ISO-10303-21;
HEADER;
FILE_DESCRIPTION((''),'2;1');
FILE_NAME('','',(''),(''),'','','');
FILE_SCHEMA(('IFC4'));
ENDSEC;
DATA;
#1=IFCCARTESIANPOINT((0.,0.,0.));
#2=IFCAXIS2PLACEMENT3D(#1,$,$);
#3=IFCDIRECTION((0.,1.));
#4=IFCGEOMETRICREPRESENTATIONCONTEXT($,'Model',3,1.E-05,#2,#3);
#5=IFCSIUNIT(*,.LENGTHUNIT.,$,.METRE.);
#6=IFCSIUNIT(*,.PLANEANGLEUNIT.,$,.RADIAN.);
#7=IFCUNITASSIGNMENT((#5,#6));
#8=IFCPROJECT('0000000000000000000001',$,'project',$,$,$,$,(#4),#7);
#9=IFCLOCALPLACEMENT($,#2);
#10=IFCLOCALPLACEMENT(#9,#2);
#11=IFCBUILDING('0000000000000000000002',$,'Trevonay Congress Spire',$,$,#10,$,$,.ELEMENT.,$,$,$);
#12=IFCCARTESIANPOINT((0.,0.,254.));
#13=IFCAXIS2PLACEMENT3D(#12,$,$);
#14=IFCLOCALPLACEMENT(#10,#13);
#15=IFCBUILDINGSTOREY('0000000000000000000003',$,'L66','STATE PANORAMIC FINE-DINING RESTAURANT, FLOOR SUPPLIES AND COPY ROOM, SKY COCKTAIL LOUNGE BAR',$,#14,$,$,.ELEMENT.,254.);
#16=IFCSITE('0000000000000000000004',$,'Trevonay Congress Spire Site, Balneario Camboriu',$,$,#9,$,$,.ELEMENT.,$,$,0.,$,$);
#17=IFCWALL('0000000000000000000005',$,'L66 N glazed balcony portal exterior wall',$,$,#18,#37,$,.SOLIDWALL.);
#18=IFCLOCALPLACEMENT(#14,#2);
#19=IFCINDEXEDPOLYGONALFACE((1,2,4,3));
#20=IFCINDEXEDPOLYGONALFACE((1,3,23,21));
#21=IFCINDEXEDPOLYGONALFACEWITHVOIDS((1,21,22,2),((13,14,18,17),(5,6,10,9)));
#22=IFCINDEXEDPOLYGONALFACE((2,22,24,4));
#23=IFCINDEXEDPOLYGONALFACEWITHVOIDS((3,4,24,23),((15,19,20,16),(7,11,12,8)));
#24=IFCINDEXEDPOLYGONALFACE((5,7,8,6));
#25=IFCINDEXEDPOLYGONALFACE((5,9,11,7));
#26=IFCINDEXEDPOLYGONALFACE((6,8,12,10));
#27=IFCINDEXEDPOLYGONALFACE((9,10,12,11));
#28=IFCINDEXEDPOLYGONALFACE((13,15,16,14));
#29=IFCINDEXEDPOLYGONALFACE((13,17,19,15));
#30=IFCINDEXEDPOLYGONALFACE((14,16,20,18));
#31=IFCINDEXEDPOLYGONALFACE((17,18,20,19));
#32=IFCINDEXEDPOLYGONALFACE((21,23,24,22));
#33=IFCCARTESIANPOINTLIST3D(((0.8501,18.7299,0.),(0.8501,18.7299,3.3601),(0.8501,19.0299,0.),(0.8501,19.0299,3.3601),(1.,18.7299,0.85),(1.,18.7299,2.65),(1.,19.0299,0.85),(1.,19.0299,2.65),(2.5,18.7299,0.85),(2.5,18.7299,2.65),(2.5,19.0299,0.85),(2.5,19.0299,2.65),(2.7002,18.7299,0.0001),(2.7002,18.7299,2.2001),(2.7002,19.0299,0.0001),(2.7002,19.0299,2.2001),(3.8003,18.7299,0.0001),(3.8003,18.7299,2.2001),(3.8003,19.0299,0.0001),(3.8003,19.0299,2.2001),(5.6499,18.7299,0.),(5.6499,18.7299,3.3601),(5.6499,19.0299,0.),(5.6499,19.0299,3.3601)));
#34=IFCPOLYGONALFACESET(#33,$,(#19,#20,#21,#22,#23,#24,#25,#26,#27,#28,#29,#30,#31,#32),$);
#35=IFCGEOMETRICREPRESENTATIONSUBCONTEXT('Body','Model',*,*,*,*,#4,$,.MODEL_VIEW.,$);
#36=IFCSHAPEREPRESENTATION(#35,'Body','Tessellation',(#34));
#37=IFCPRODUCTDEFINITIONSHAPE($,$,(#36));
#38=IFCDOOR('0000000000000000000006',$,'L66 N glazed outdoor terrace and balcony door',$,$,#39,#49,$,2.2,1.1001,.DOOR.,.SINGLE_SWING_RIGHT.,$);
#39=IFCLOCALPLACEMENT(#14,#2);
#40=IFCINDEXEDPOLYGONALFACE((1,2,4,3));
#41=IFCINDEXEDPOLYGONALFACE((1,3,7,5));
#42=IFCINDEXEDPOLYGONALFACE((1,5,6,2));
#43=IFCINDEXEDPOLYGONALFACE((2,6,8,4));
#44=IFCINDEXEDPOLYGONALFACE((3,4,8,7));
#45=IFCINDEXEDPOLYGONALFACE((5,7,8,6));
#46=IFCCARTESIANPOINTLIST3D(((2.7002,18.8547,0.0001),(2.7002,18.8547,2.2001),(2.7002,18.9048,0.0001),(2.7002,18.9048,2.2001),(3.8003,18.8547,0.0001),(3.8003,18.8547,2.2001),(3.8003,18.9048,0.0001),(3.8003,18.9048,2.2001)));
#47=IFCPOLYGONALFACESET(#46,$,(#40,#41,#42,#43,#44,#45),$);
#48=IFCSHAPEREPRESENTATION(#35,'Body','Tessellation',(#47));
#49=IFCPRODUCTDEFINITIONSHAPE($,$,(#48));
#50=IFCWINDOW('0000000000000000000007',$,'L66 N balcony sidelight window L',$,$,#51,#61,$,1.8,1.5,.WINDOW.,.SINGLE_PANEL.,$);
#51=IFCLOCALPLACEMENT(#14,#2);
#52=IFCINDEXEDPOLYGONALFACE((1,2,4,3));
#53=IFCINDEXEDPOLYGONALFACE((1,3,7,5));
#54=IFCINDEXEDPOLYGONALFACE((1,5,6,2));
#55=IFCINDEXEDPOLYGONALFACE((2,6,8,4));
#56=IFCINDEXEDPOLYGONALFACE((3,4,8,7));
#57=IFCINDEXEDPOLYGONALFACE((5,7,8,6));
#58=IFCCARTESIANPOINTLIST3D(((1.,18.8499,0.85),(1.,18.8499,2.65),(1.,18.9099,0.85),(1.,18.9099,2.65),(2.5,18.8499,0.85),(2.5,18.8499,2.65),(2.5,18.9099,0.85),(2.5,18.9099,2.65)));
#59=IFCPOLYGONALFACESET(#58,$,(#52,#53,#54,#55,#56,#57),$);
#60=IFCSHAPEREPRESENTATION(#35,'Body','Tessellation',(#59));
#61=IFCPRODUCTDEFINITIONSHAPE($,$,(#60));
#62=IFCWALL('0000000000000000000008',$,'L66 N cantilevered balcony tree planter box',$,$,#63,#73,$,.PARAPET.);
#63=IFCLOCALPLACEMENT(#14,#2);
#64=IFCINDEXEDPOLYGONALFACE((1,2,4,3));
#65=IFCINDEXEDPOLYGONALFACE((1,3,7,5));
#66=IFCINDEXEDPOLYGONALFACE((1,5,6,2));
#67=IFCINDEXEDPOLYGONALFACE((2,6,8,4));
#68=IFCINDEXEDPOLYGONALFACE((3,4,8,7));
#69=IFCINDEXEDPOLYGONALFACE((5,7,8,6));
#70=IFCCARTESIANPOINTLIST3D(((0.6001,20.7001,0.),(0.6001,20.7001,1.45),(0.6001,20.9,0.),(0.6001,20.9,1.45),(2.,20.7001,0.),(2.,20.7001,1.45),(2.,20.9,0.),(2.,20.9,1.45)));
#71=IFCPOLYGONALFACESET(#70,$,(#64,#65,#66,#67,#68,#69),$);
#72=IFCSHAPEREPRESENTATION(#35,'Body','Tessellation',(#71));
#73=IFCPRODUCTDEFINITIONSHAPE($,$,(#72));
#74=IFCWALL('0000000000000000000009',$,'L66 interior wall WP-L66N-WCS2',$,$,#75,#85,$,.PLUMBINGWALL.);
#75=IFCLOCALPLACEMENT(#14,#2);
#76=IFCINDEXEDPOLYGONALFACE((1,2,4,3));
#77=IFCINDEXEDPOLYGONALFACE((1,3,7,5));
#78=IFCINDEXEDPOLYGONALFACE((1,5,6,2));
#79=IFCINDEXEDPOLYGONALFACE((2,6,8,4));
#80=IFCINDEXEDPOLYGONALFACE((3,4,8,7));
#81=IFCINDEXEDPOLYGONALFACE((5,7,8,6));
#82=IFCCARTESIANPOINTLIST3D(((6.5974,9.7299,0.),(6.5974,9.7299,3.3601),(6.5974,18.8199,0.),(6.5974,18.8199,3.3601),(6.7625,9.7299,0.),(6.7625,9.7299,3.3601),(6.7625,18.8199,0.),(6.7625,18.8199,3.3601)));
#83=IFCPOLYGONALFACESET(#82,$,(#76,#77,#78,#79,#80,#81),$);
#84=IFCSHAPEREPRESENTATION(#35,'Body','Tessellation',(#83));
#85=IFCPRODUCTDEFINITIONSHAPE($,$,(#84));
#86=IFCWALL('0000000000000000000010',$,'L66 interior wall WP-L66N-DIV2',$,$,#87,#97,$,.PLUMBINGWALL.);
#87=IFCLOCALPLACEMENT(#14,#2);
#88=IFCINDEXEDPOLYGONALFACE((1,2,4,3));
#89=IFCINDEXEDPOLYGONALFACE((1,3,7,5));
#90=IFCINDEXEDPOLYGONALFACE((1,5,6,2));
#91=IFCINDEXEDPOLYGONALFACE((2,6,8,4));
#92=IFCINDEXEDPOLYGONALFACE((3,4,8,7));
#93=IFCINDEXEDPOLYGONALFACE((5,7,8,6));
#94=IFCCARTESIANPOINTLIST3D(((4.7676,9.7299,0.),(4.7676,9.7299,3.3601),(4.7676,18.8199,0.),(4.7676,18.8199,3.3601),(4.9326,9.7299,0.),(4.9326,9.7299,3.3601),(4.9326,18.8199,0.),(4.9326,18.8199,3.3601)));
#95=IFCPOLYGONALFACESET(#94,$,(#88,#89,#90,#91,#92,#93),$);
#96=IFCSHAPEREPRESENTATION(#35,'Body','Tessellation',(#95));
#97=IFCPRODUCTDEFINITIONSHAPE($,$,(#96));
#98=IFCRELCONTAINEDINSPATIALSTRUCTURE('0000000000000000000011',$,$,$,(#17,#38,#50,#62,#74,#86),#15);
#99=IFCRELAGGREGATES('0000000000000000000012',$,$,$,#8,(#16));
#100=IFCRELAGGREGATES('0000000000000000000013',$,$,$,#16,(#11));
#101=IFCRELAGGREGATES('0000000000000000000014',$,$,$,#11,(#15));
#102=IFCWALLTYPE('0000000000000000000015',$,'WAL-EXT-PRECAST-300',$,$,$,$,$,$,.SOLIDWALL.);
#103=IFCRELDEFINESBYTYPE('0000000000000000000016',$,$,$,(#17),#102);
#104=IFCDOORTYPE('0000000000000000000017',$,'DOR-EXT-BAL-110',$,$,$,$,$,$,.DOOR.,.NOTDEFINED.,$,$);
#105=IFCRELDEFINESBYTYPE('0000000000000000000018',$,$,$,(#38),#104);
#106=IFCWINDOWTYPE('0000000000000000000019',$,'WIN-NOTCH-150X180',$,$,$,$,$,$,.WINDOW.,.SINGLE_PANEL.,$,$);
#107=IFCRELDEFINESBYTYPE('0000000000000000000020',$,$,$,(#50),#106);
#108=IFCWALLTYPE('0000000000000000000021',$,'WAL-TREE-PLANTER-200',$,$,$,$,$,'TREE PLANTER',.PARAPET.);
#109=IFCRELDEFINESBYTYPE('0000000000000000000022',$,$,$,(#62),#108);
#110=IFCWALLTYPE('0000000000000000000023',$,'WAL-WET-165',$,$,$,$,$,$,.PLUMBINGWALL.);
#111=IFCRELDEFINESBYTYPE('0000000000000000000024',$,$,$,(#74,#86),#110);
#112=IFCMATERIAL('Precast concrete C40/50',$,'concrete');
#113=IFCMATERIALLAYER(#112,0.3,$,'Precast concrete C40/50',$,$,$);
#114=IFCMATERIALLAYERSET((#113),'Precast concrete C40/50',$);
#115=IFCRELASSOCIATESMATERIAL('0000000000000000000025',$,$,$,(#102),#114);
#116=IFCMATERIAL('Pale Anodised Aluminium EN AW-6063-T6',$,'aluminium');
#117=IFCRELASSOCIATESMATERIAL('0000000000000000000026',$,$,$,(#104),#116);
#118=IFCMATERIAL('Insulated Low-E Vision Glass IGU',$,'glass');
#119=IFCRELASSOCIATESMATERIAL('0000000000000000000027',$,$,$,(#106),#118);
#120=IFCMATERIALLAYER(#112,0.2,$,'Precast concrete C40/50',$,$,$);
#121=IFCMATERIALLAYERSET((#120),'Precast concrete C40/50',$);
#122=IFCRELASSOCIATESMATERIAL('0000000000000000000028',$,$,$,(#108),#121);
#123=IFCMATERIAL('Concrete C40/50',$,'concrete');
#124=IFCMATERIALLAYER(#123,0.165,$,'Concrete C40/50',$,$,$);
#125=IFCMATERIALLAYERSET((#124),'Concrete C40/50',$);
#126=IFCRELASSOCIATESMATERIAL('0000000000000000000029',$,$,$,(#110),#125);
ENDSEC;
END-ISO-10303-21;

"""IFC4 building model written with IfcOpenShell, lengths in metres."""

from ifc_helpers import new_model, si_unit, direction, frame, frame_2d, origin, place, context, subcontext, project, spatial, rectangle, extrude, material, layer, layer_set, type_object, element, fill, save


model = new_model("IFC4")

# Units and contexts
model_context = context("Model", 3, precision=1e-05, world=origin(), true_north=direction((0.0, 1.0)))
body_context = subcontext(model_context, "Body", "Model", "MODEL_VIEW")
ifc_project = project(units=[si_unit("LENGTHUNIT", "METRE"), si_unit("PLANEANGLEUNIT", "RADIAN")], contexts=[model_context])

# Site, building, storey
site_placement = place(None, origin())
site = spatial("IfcSite", under=ifc_project, at=site_placement, Name="Trevonay Congress Spire Site, Balneario Camboriu", CompositionType="ELEMENT", RefElevation=0.0)
building_placement = place(site_placement, origin())
building = spatial("IfcBuilding", under=site, at=building_placement, Name="Trevonay Congress Spire", CompositionType="ELEMENT")
storey_placement = place(building_placement, frame((0.0, 0.0, 254.0)))
storey = spatial("IfcBuildingStorey", under=building, at=storey_placement, Name="L66", Description="STATE PANORAMIC FINE-DINING RESTAURANT, FLOOR SUPPLIES AND COPY ROOM, SKY COCKTAIL LOUNGE BAR", CompositionType="ELEMENT", Elevation=254.0)

# Shared definitions
ifc_material_1 = material(Name="Pale Anodised Aluminium EN AW-6063-T6", Category="aluminium")

# Wall, openings, door, window
ifc_material_2 = material(Name="Precast concrete C40/50", Category="concrete")
ifc_layer_1 = layer(ifc_material_2, 0.3, Name="Precast concrete C40/50")
ifc_layer_set_1 = layer_set([ifc_layer_1], Name="Precast concrete C40/50")
wall_type_1 = type_object("IfcWallType", Name="WAL-EXT-PRECAST-300", PredefinedType="SOLIDWALL", material=ifc_layer_set_1)
wall_1_placement = place(storey_placement, frame((0.8501, 18.8799, 0.0), z_axis=(0.0, 0.0, 1.0), x_axis=(1.0, 0.0, 0.0)))
wall_1 = element("IfcWall", 1, at=wall_1_placement, inside=storey, type_object=wall_type_1, Name="L66 N glazed balcony portal exterior wall", PredefinedType="SOLIDWALL", context=body_context, shape_type="SweptSolid", body=[
    extrude(rectangle(XDim=4.7998, YDim=0.3, at=frame_2d((2.3999, 0.0))), origin(), (0.0, 0.0, 1.0), 3.3601),
])
opening_1_placement = place(wall_1_placement, frame((1.8501, 0.0, 0.0)))
opening_1 = element("IfcOpeningElement", 2, at=opening_1_placement, cuts=wall_1, PredefinedType="OPENING", context=body_context, shape_type="SweptSolid", body=[
    extrude(rectangle(XDim=1.1001, YDim=2.2, at=frame_2d((0.55, 1.1001))), frame((0.0, 0.1602, 0.0), z_axis=(0.0, -1.0, 0.0), x_axis=(1.0, 0.0, 0.0)), (0.0, 0.0, 1.0), 0.3201),
])
opening_2_placement = place(wall_1_placement, frame((0.1499, 0.0, 0.8501)))
opening_2 = element("IfcOpeningElement", 3, at=opening_2_placement, cuts=wall_1, PredefinedType="OPENING", context=body_context, shape_type="SweptSolid", body=[
    extrude(rectangle(XDim=1.5, YDim=1.8, at=frame_2d((0.75, 0.8999))), frame((0.0, 0.1602, 0.0), z_axis=(0.0, -1.0, 0.0), x_axis=(1.0, 0.0, 0.0)), (0.0, 0.0, 1.0), 0.3201),
])
door_type = type_object("IfcDoorType", Name="DOR-EXT-BAL-110", OperationType="NOTDEFINED", PredefinedType="DOOR", material=ifc_material_1)
door_placement = place(opening_1_placement, origin())
door = element("IfcDoor", 4, at=door_placement, inside=storey, type_object=door_type, Name="L66 N glazed outdoor terrace and balcony door", OperationType="SINGLE_SWING_RIGHT", OverallHeight=2.2, OverallWidth=1.1001, PredefinedType="DOOR", context=body_context, shape_type="SweptSolid", body=[
    extrude(rectangle(XDim=1.1001, YDim=2.2, at=frame_2d((0.55, 1.1001))), frame((0.0, 0.0249, 0.0), z_axis=(0.0, -1.0, 0.0), x_axis=(1.0, 0.0, 0.0)), (0.0, 0.0, 1.0), 0.05),
])
fill(opening_1, door)
ifc_material_3 = material(Name="Insulated Low-E Vision Glass IGU", Category="glass")
window_type = type_object("IfcWindowType", Name="WIN-NOTCH-150X180", PartitioningType="SINGLE_PANEL", PredefinedType="WINDOW", material=ifc_material_3)
window_placement = place(opening_2_placement, origin())
window = element("IfcWindow", 5, at=window_placement, inside=storey, type_object=window_type, Name="L66 N balcony sidelight window L", OverallHeight=1.8, OverallWidth=1.5, PartitioningType="SINGLE_PANEL", PredefinedType="WINDOW", context=body_context, shape_type="SweptSolid", body=[
    extrude(rectangle(XDim=1.5, YDim=1.8, at=frame_2d((0.75, 0.8999))), frame((0.0, 0.03, 0.0), z_axis=(0.0, -1.0, 0.0), x_axis=(1.0, 0.0, 0.0)), (0.0, 0.0, 1.0), 0.0601),
])
fill(opening_2, window)

# Walls
ifc_layer_2 = layer(ifc_material_2, 0.2, Name="Precast concrete C40/50")
ifc_layer_set_2 = layer_set([ifc_layer_2], Name="Precast concrete C40/50")
wall_type_2 = type_object("IfcWallType", Name="WAL-TREE-PLANTER-200", ElementType="TREE PLANTER", PredefinedType="PARAPET", material=ifc_layer_set_2)
wall_2_placement = place(storey_placement, frame((0.6001, 20.8, 0.0), z_axis=(0.0, 0.0, 1.0), x_axis=(1.0, 0.0, 0.0)))
element("IfcWall", 6, at=wall_2_placement, inside=storey, type_object=wall_type_2, Name="L66 N cantilevered balcony tree planter box", PredefinedType="PARAPET", context=body_context, shape_type="SweptSolid", body=[
    extrude(rectangle(XDim=1.3999, YDim=0.2, at=frame_2d((0.7, 0.0))), origin(), (0.0, 0.0, 1.0), 1.45),
])
ifc_material_4 = material(Name="Concrete C40/50", Category="concrete")
ifc_layer_3 = layer(ifc_material_4, 0.165, Name="Concrete C40/50")
ifc_layer_set_3 = layer_set([ifc_layer_3], Name="Concrete C40/50")
wall_type_3 = type_object("IfcWallType", Name="WAL-WET-165", PredefinedType="PLUMBINGWALL", material=ifc_layer_set_3)
for number, where, z_axis, x_axis, name in (
    (7, (6.6799, 9.73, 0.0), (0.0, 0.0, 1.0), (0.0, 1.0, 0.0), "L66 interior wall WP-L66N-WCS2"),
    (8, (4.8501, 9.73, 0.0), (0.0, 0.0, 1.0), (0.0, 1.0, 0.0), "L66 interior wall WP-L66N-DIV2"),
):
    element("IfcWall", number, at=place(storey_placement, frame(where, z_axis=z_axis, x_axis=x_axis)), inside=storey, type_object=wall_type_3, Name=name, PredefinedType="PLUMBINGWALL", context=body_context, shape_type="SweptSolid", body=[
        extrude(rectangle(XDim=9.0901, YDim=0.165, at=frame_2d((4.5449, 0.0))), origin(), (0.0, 0.0, 1.0), 3.3601),
    ])

save(model, "model.ifc")
